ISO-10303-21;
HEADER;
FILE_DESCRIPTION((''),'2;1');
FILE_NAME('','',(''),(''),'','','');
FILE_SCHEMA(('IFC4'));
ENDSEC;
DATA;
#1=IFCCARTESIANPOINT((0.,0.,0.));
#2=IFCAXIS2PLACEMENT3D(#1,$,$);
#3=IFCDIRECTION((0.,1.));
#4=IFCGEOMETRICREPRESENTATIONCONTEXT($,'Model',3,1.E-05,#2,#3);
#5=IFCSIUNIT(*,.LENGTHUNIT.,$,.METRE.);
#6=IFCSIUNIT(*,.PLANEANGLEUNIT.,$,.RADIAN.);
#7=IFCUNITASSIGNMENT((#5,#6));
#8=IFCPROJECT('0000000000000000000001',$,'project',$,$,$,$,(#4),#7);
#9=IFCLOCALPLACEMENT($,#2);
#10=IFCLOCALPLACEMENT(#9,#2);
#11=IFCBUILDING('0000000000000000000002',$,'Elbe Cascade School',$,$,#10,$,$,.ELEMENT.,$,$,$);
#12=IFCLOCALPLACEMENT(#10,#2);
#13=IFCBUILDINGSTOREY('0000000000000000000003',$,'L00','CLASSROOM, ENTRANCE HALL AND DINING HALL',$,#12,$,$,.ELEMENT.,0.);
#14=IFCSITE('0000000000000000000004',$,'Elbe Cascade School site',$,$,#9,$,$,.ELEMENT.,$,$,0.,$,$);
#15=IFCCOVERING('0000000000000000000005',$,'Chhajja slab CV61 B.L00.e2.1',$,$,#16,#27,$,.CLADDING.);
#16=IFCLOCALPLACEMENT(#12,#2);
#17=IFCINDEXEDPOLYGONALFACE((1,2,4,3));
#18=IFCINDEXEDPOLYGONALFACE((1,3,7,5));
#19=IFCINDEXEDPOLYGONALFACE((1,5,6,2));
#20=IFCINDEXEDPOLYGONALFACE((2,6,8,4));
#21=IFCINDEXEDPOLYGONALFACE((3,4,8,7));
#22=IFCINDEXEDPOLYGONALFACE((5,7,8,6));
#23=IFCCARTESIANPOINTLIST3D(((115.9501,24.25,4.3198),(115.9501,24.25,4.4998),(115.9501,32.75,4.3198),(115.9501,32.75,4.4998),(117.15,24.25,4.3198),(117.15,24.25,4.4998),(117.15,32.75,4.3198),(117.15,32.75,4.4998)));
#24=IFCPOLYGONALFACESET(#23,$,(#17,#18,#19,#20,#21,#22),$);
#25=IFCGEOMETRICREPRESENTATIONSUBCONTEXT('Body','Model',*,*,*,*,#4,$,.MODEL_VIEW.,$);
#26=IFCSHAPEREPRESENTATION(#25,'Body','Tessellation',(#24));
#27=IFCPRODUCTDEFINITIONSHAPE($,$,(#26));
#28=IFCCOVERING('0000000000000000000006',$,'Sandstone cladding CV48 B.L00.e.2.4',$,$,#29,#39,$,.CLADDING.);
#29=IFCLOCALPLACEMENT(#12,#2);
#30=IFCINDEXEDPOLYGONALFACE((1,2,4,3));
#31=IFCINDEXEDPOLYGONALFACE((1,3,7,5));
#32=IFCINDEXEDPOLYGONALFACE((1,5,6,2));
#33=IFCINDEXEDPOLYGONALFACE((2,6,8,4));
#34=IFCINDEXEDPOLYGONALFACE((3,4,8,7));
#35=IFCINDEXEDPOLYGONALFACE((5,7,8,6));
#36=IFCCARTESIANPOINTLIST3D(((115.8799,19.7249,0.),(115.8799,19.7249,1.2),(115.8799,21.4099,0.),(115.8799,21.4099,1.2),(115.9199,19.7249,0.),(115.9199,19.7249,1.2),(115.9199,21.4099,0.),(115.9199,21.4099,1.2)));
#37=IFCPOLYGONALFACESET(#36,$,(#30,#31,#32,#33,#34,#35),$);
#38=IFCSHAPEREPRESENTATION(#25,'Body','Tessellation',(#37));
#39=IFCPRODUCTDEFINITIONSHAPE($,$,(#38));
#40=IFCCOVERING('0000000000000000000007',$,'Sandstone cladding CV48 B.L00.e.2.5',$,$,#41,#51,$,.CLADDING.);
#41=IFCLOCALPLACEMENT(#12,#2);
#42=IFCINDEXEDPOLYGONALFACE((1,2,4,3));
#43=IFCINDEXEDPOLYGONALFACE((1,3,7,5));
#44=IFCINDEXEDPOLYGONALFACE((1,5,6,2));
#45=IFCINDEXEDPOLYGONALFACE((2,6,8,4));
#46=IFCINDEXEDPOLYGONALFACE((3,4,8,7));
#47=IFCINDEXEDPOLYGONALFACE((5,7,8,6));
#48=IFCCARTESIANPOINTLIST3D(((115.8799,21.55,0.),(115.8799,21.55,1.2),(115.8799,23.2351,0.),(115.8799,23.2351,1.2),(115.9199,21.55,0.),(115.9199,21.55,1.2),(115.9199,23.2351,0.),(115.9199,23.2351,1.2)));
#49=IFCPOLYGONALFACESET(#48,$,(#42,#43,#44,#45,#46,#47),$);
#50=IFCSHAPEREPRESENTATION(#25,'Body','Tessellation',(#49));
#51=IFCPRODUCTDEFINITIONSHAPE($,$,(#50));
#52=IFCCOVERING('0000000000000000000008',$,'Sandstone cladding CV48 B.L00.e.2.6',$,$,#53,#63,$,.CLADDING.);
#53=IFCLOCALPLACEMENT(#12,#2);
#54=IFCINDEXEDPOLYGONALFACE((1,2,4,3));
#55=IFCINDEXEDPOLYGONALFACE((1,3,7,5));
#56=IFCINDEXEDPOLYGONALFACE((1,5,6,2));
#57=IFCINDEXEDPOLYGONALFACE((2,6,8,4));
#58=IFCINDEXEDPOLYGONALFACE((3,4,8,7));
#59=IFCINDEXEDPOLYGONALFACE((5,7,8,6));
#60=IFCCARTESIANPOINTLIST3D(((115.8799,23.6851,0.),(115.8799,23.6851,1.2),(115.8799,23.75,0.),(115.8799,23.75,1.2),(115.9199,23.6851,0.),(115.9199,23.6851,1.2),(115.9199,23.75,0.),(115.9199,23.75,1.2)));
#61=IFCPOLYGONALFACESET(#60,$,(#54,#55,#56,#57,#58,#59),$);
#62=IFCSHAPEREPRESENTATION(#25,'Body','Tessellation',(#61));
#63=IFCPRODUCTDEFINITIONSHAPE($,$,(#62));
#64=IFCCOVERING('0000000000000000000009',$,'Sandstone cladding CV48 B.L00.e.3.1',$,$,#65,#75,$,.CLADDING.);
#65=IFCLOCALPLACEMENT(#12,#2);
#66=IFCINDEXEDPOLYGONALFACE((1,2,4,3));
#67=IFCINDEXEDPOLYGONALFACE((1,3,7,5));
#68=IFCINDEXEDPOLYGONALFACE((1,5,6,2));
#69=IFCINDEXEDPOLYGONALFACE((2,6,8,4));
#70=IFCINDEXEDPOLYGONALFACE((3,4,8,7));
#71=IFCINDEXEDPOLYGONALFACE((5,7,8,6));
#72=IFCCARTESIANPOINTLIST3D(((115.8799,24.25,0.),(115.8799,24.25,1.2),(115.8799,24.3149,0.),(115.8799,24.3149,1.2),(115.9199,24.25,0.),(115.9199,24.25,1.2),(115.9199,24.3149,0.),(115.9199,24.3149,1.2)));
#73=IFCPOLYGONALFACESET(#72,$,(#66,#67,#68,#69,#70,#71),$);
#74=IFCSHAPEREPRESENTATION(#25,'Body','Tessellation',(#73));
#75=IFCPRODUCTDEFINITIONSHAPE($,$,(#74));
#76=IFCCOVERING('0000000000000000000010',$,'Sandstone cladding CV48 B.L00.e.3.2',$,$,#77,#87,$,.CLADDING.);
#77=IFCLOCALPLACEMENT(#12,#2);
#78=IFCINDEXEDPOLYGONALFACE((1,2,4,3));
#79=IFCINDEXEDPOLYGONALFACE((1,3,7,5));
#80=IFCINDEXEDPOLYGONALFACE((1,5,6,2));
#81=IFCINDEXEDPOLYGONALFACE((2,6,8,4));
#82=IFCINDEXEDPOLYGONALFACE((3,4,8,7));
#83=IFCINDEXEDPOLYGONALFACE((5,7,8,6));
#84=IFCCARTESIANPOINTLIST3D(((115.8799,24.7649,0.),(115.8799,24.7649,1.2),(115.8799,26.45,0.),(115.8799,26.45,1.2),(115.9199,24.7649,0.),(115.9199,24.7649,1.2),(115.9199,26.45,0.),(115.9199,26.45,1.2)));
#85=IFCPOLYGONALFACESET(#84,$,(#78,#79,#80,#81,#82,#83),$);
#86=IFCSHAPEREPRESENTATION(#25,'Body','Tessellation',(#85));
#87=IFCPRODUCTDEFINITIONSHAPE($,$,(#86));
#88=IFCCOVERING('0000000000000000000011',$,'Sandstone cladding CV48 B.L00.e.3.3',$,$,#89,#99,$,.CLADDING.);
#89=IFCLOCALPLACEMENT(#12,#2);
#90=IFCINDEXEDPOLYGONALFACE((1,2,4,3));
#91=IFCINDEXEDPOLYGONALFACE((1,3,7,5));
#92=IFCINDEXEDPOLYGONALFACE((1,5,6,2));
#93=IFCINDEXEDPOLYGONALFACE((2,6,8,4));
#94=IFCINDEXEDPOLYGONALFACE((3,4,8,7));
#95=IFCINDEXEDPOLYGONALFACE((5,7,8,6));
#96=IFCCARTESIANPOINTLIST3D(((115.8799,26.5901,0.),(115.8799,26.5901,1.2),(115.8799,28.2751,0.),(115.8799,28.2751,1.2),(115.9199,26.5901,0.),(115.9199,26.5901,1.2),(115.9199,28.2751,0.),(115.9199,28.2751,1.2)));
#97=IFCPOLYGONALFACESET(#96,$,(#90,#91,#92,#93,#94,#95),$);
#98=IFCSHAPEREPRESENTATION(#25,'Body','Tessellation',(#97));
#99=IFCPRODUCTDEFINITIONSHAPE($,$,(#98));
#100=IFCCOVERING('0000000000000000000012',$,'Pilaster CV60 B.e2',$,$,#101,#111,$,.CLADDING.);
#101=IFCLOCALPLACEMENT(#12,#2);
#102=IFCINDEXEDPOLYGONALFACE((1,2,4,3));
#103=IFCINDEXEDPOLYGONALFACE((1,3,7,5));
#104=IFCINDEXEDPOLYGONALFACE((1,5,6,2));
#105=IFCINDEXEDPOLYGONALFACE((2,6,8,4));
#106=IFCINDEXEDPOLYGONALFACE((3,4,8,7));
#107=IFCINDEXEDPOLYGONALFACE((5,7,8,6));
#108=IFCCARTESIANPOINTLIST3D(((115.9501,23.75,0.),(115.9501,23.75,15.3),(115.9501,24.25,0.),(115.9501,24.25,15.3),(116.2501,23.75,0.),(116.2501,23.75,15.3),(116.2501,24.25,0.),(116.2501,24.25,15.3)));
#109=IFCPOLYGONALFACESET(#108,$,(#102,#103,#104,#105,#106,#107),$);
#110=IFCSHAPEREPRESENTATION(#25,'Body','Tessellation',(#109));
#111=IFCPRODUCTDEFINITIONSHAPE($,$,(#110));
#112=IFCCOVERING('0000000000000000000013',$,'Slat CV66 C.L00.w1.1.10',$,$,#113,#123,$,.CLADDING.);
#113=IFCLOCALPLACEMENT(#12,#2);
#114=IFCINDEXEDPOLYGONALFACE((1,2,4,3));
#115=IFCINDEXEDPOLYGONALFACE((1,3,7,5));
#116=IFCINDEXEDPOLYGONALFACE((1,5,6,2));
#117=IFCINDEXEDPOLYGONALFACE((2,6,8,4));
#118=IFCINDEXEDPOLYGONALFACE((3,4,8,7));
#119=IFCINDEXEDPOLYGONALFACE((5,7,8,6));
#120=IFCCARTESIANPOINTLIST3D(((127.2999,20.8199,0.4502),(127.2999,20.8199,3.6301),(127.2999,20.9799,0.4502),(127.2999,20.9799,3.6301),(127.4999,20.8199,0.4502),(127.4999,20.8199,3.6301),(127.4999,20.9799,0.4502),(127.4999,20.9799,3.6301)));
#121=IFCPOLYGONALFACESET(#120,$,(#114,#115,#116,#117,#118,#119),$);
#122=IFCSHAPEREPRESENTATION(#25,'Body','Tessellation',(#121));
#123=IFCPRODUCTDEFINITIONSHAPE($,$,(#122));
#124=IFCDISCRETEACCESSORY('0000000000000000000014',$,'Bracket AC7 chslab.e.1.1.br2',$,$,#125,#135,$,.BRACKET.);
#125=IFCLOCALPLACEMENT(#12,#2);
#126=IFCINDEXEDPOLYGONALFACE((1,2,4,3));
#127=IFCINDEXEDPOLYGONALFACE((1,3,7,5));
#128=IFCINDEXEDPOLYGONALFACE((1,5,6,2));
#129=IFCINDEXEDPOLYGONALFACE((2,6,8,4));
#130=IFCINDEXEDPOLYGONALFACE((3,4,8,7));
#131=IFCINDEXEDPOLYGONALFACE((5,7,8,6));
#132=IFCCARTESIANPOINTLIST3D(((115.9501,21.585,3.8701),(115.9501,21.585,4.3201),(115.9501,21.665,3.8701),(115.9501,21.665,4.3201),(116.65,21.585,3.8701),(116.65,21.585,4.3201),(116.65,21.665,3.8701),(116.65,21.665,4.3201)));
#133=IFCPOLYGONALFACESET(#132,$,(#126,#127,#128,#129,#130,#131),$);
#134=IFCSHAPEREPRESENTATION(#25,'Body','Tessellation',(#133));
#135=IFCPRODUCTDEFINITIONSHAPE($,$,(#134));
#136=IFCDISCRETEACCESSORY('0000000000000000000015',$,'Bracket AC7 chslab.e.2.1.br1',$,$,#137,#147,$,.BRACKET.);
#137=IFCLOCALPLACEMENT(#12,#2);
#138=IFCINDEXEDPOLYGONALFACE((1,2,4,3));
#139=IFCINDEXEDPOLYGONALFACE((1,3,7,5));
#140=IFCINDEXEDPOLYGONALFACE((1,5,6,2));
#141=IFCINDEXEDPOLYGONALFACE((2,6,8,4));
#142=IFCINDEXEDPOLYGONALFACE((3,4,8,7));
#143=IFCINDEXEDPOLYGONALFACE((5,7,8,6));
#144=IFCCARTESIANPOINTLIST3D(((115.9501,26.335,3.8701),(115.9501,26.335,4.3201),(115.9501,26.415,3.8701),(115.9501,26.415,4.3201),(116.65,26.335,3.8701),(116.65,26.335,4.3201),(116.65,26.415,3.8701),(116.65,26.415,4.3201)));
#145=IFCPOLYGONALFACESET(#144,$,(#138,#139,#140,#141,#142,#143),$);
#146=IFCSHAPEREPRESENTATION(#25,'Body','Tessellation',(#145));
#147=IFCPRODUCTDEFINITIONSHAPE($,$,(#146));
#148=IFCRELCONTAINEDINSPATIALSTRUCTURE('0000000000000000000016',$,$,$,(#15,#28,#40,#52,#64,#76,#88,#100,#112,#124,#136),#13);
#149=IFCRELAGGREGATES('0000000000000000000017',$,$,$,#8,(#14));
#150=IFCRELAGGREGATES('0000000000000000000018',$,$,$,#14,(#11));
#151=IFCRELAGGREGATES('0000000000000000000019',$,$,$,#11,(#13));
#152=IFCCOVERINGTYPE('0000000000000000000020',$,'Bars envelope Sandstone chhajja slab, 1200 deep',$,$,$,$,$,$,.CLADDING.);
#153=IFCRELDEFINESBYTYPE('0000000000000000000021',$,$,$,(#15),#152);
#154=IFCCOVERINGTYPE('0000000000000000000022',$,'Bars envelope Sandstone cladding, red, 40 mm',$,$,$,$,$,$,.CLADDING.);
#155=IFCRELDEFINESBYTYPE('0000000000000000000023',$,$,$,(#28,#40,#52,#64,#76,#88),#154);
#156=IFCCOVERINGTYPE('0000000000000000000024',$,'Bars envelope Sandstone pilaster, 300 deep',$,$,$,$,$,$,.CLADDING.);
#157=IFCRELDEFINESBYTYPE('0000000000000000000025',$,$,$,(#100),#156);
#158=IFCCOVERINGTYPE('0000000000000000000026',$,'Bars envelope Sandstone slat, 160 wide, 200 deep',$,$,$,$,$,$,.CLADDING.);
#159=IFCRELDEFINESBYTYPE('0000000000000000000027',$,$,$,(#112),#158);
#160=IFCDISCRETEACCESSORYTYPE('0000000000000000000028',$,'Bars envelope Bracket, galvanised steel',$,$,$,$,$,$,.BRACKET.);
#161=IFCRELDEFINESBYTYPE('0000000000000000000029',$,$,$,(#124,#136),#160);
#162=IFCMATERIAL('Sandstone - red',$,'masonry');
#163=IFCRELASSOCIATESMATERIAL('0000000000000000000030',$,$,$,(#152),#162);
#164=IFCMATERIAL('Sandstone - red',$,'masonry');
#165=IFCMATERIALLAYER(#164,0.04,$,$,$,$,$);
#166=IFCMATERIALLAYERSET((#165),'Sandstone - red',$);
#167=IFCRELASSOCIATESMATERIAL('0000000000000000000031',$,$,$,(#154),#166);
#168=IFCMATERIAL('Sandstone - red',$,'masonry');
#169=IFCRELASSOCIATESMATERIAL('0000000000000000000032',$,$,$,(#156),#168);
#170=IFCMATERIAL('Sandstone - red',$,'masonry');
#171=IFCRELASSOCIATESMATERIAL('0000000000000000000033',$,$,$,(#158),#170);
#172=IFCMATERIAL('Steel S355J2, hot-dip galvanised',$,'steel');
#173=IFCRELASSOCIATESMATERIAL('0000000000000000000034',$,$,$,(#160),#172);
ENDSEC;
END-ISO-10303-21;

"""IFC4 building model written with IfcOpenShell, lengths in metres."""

from ifc_helpers import new_model, si_unit, direction, frame, origin, origin_2d, place, context, subcontext, project, spatial, rectangle, extrude, material, layer, layer_set, type_object, element, save


model = new_model("IFC4")

# Units and contexts
model_context = context("Model", 3, precision=1e-05, world=origin(), true_north=direction((0.0, 1.0)))
body_context = subcontext(model_context, "Body", "Model", "MODEL_VIEW")
ifc_project = project(units=[si_unit("LENGTHUNIT", "METRE"), si_unit("PLANEANGLEUNIT", "RADIAN")], contexts=[model_context])

# Site, building, storey
site_placement = place(None, origin())
site = spatial("IfcSite", under=ifc_project, at=site_placement, Name="Elbe Cascade School site", CompositionType="ELEMENT", RefElevation=0.0)
building_placement = place(site_placement, origin())
building = spatial("IfcBuilding", under=site, at=building_placement, Name="Elbe Cascade School", CompositionType="ELEMENT")
storey_placement = place(building_placement, origin())
storey = spatial("IfcBuildingStorey", under=building, at=storey_placement, Name="L00", Description="CLASSROOM, ENTRANCE HALL AND DINING HALL", CompositionType="ELEMENT", Elevation=0.0)

# Coverings
ifc_material_1 = material(Name="Sandstone - red", Category="masonry")
covering_type_1 = type_object("IfcCoveringType", Name="Bars envelope Sandstone chhajja slab, 1200 deep", PredefinedType="CLADDING", material=ifc_material_1)
covering_1_placement = place(storey_placement, frame((116.55, 28.5, 4.3198), z_axis=(0.0, 0.0, 1.0), x_axis=(0.0, 1.0, 0.0)))
element("IfcCovering", 1, at=covering_1_placement, inside=storey, type_object=covering_type_1, Name="Chhajja slab CV61 B.L00.e2.1", PredefinedType="CLADDING", context=body_context, shape_type="SweptSolid", body=[
    extrude(rectangle(XDim=8.5, YDim=1.2, at=origin_2d()), origin(), (0.0, 0.0, 1.0), 0.1799),
])
ifc_material_2 = material(Name="Sandstone - red", Category="masonry")
ifc_layer_1 = layer(ifc_material_2, 0.04)
ifc_layer_set_1 = layer_set([ifc_layer_1], Name="Sandstone - red")
covering_type_2 = type_object("IfcCoveringType", Name="Bars envelope Sandstone cladding, red, 40 mm", PredefinedType="CLADDING", material=ifc_layer_set_1)
for number, where, z_axis, x_axis, name in (
    (2, (115.8999, 20.5674, 0.0), (0.0, 0.0, 1.0), (0.0, 1.0, 0.0), "Sandstone cladding CV48 B.L00.e.2.4"),
    (3, (115.8999, 22.3926, 0.0), (0.0, 0.0, 1.0), (0.0, 1.0, 0.0), "Sandstone cladding CV48 B.L00.e.2.5"),
):
    element("IfcCovering", number, at=place(storey_placement, frame(where, z_axis=z_axis, x_axis=x_axis)), inside=storey, type_object=covering_type_2, Name=name, PredefinedType="CLADDING", context=body_context, shape_type="SweptSolid", body=[
        extrude(rectangle(XDim=1.6851, YDim=0.04, at=origin_2d()), origin(), (0.0, 0.0, 1.0), 1.2),
    ])
for number, where, z_axis, x_axis, name in (
    (4, (115.8999, 23.7175, 0.0), (0.0, 0.0, 1.0), (0.0, 1.0, 0.0), "Sandstone cladding CV48 B.L00.e.2.6"),
    (5, (115.8999, 24.2825, 0.0), (0.0, 0.0, 1.0), (0.0, 1.0, 0.0), "Sandstone cladding CV48 B.L00.e.3.1"),
):
    element("IfcCovering", number, at=place(storey_placement, frame(where, z_axis=z_axis, x_axis=x_axis)), inside=storey, type_object=covering_type_2, Name=name, PredefinedType="CLADDING", context=body_context, shape_type="SweptSolid", body=[
        extrude(rectangle(XDim=0.0649, YDim=0.04, at=origin_2d()), origin(), (0.0, 0.0, 1.0), 1.2),
    ])
for number, where, z_axis, x_axis, name in (
    (6, (115.8999, 25.6074, 0.0), (0.0, 0.0, 1.0), (0.0, 1.0, 0.0), "Sandstone cladding CV48 B.L00.e.3.2"),
    (7, (115.8999, 27.4326, 0.0), (0.0, 0.0, 1.0), (0.0, 1.0, 0.0), "Sandstone cladding CV48 B.L00.e.3.3"),
):
    element("IfcCovering", number, at=place(storey_placement, frame(where, z_axis=z_axis, x_axis=x_axis)), inside=storey, type_object=covering_type_2, Name=name, PredefinedType="CLADDING", context=body_context, shape_type="SweptSolid", body=[
        extrude(rectangle(XDim=1.6851, YDim=0.04, at=origin_2d()), origin(), (0.0, 0.0, 1.0), 1.2),
    ])
ifc_material_3 = material(Name="Sandstone - red", Category="masonry")
covering_type_3 = type_object("IfcCoveringType", Name="Bars envelope Sandstone pilaster, 300 deep", PredefinedType="CLADDING", material=ifc_material_3)
covering_2_placement = place(storey_placement, frame((116.1001, 24.0, 0.0), z_axis=(0.0, 0.0, 1.0), x_axis=(0.0, 1.0, 0.0)))
element("IfcCovering", 8, at=covering_2_placement, inside=storey, type_object=covering_type_3, Name="Pilaster CV60 B.e2", PredefinedType="CLADDING", context=body_context, shape_type="SweptSolid", body=[
    extrude(rectangle(XDim=0.5, YDim=0.3, at=origin_2d()), origin(), (0.0, 0.0, 1.0), 15.3),
])
ifc_material_4 = material(Name="Sandstone - red", Category="masonry")
covering_type_4 = type_object("IfcCoveringType", Name="Bars envelope Sandstone slat, 160 wide, 200 deep", PredefinedType="CLADDING", material=ifc_material_4)
covering_3_placement = place(storey_placement, frame((127.3999, 20.8999, 0.4502), z_axis=(0.0, 0.0, 1.0), x_axis=(0.0, 1.0, 0.0)))
element("IfcCovering", 9, at=covering_3_placement, inside=storey, type_object=covering_type_4, Name="Slat CV66 C.L00.w1.1.10", PredefinedType="CLADDING", context=body_context, shape_type="SweptSolid", body=[
    extrude(rectangle(XDim=0.1599, YDim=0.2, at=origin_2d()), origin(), (0.0, 0.0, 1.0), 3.1799),
])

# Discrete accessories
ifc_material_5 = material(Name="Steel S355J2, hot-dip galvanised", Category="steel")
discrete_accessory_type = type_object("IfcDiscreteAccessoryType", Name="Bars envelope Bracket, galvanised steel", PredefinedType="BRACKET", material=ifc_material_5)
for number, where, z_axis, x_axis, name in (
    (10, (116.3, 21.625, 3.8701), (0.0, 0.0, 1.0), (0.0, 1.0, 0.0), "Bracket AC7 chslab.e.1.1.br2"),
    (11, (116.3, 26.375, 3.8701), (0.0, 0.0, 1.0), (0.0, 1.0, 0.0), "Bracket AC7 chslab.e.2.1.br1"),
):
    element("IfcDiscreteAccessory", number, at=place(storey_placement, frame(where, z_axis=z_axis, x_axis=x_axis)), inside=storey, type_object=discrete_accessory_type, Name=name, PredefinedType="BRACKET", context=body_context, shape_type="SweptSolid", body=[
        extrude(rectangle(XDim=0.0801, YDim=0.7, at=origin_2d()), origin(), (0.0, 0.0, 1.0), 0.45),
    ])

save(model, "model.ifc")
